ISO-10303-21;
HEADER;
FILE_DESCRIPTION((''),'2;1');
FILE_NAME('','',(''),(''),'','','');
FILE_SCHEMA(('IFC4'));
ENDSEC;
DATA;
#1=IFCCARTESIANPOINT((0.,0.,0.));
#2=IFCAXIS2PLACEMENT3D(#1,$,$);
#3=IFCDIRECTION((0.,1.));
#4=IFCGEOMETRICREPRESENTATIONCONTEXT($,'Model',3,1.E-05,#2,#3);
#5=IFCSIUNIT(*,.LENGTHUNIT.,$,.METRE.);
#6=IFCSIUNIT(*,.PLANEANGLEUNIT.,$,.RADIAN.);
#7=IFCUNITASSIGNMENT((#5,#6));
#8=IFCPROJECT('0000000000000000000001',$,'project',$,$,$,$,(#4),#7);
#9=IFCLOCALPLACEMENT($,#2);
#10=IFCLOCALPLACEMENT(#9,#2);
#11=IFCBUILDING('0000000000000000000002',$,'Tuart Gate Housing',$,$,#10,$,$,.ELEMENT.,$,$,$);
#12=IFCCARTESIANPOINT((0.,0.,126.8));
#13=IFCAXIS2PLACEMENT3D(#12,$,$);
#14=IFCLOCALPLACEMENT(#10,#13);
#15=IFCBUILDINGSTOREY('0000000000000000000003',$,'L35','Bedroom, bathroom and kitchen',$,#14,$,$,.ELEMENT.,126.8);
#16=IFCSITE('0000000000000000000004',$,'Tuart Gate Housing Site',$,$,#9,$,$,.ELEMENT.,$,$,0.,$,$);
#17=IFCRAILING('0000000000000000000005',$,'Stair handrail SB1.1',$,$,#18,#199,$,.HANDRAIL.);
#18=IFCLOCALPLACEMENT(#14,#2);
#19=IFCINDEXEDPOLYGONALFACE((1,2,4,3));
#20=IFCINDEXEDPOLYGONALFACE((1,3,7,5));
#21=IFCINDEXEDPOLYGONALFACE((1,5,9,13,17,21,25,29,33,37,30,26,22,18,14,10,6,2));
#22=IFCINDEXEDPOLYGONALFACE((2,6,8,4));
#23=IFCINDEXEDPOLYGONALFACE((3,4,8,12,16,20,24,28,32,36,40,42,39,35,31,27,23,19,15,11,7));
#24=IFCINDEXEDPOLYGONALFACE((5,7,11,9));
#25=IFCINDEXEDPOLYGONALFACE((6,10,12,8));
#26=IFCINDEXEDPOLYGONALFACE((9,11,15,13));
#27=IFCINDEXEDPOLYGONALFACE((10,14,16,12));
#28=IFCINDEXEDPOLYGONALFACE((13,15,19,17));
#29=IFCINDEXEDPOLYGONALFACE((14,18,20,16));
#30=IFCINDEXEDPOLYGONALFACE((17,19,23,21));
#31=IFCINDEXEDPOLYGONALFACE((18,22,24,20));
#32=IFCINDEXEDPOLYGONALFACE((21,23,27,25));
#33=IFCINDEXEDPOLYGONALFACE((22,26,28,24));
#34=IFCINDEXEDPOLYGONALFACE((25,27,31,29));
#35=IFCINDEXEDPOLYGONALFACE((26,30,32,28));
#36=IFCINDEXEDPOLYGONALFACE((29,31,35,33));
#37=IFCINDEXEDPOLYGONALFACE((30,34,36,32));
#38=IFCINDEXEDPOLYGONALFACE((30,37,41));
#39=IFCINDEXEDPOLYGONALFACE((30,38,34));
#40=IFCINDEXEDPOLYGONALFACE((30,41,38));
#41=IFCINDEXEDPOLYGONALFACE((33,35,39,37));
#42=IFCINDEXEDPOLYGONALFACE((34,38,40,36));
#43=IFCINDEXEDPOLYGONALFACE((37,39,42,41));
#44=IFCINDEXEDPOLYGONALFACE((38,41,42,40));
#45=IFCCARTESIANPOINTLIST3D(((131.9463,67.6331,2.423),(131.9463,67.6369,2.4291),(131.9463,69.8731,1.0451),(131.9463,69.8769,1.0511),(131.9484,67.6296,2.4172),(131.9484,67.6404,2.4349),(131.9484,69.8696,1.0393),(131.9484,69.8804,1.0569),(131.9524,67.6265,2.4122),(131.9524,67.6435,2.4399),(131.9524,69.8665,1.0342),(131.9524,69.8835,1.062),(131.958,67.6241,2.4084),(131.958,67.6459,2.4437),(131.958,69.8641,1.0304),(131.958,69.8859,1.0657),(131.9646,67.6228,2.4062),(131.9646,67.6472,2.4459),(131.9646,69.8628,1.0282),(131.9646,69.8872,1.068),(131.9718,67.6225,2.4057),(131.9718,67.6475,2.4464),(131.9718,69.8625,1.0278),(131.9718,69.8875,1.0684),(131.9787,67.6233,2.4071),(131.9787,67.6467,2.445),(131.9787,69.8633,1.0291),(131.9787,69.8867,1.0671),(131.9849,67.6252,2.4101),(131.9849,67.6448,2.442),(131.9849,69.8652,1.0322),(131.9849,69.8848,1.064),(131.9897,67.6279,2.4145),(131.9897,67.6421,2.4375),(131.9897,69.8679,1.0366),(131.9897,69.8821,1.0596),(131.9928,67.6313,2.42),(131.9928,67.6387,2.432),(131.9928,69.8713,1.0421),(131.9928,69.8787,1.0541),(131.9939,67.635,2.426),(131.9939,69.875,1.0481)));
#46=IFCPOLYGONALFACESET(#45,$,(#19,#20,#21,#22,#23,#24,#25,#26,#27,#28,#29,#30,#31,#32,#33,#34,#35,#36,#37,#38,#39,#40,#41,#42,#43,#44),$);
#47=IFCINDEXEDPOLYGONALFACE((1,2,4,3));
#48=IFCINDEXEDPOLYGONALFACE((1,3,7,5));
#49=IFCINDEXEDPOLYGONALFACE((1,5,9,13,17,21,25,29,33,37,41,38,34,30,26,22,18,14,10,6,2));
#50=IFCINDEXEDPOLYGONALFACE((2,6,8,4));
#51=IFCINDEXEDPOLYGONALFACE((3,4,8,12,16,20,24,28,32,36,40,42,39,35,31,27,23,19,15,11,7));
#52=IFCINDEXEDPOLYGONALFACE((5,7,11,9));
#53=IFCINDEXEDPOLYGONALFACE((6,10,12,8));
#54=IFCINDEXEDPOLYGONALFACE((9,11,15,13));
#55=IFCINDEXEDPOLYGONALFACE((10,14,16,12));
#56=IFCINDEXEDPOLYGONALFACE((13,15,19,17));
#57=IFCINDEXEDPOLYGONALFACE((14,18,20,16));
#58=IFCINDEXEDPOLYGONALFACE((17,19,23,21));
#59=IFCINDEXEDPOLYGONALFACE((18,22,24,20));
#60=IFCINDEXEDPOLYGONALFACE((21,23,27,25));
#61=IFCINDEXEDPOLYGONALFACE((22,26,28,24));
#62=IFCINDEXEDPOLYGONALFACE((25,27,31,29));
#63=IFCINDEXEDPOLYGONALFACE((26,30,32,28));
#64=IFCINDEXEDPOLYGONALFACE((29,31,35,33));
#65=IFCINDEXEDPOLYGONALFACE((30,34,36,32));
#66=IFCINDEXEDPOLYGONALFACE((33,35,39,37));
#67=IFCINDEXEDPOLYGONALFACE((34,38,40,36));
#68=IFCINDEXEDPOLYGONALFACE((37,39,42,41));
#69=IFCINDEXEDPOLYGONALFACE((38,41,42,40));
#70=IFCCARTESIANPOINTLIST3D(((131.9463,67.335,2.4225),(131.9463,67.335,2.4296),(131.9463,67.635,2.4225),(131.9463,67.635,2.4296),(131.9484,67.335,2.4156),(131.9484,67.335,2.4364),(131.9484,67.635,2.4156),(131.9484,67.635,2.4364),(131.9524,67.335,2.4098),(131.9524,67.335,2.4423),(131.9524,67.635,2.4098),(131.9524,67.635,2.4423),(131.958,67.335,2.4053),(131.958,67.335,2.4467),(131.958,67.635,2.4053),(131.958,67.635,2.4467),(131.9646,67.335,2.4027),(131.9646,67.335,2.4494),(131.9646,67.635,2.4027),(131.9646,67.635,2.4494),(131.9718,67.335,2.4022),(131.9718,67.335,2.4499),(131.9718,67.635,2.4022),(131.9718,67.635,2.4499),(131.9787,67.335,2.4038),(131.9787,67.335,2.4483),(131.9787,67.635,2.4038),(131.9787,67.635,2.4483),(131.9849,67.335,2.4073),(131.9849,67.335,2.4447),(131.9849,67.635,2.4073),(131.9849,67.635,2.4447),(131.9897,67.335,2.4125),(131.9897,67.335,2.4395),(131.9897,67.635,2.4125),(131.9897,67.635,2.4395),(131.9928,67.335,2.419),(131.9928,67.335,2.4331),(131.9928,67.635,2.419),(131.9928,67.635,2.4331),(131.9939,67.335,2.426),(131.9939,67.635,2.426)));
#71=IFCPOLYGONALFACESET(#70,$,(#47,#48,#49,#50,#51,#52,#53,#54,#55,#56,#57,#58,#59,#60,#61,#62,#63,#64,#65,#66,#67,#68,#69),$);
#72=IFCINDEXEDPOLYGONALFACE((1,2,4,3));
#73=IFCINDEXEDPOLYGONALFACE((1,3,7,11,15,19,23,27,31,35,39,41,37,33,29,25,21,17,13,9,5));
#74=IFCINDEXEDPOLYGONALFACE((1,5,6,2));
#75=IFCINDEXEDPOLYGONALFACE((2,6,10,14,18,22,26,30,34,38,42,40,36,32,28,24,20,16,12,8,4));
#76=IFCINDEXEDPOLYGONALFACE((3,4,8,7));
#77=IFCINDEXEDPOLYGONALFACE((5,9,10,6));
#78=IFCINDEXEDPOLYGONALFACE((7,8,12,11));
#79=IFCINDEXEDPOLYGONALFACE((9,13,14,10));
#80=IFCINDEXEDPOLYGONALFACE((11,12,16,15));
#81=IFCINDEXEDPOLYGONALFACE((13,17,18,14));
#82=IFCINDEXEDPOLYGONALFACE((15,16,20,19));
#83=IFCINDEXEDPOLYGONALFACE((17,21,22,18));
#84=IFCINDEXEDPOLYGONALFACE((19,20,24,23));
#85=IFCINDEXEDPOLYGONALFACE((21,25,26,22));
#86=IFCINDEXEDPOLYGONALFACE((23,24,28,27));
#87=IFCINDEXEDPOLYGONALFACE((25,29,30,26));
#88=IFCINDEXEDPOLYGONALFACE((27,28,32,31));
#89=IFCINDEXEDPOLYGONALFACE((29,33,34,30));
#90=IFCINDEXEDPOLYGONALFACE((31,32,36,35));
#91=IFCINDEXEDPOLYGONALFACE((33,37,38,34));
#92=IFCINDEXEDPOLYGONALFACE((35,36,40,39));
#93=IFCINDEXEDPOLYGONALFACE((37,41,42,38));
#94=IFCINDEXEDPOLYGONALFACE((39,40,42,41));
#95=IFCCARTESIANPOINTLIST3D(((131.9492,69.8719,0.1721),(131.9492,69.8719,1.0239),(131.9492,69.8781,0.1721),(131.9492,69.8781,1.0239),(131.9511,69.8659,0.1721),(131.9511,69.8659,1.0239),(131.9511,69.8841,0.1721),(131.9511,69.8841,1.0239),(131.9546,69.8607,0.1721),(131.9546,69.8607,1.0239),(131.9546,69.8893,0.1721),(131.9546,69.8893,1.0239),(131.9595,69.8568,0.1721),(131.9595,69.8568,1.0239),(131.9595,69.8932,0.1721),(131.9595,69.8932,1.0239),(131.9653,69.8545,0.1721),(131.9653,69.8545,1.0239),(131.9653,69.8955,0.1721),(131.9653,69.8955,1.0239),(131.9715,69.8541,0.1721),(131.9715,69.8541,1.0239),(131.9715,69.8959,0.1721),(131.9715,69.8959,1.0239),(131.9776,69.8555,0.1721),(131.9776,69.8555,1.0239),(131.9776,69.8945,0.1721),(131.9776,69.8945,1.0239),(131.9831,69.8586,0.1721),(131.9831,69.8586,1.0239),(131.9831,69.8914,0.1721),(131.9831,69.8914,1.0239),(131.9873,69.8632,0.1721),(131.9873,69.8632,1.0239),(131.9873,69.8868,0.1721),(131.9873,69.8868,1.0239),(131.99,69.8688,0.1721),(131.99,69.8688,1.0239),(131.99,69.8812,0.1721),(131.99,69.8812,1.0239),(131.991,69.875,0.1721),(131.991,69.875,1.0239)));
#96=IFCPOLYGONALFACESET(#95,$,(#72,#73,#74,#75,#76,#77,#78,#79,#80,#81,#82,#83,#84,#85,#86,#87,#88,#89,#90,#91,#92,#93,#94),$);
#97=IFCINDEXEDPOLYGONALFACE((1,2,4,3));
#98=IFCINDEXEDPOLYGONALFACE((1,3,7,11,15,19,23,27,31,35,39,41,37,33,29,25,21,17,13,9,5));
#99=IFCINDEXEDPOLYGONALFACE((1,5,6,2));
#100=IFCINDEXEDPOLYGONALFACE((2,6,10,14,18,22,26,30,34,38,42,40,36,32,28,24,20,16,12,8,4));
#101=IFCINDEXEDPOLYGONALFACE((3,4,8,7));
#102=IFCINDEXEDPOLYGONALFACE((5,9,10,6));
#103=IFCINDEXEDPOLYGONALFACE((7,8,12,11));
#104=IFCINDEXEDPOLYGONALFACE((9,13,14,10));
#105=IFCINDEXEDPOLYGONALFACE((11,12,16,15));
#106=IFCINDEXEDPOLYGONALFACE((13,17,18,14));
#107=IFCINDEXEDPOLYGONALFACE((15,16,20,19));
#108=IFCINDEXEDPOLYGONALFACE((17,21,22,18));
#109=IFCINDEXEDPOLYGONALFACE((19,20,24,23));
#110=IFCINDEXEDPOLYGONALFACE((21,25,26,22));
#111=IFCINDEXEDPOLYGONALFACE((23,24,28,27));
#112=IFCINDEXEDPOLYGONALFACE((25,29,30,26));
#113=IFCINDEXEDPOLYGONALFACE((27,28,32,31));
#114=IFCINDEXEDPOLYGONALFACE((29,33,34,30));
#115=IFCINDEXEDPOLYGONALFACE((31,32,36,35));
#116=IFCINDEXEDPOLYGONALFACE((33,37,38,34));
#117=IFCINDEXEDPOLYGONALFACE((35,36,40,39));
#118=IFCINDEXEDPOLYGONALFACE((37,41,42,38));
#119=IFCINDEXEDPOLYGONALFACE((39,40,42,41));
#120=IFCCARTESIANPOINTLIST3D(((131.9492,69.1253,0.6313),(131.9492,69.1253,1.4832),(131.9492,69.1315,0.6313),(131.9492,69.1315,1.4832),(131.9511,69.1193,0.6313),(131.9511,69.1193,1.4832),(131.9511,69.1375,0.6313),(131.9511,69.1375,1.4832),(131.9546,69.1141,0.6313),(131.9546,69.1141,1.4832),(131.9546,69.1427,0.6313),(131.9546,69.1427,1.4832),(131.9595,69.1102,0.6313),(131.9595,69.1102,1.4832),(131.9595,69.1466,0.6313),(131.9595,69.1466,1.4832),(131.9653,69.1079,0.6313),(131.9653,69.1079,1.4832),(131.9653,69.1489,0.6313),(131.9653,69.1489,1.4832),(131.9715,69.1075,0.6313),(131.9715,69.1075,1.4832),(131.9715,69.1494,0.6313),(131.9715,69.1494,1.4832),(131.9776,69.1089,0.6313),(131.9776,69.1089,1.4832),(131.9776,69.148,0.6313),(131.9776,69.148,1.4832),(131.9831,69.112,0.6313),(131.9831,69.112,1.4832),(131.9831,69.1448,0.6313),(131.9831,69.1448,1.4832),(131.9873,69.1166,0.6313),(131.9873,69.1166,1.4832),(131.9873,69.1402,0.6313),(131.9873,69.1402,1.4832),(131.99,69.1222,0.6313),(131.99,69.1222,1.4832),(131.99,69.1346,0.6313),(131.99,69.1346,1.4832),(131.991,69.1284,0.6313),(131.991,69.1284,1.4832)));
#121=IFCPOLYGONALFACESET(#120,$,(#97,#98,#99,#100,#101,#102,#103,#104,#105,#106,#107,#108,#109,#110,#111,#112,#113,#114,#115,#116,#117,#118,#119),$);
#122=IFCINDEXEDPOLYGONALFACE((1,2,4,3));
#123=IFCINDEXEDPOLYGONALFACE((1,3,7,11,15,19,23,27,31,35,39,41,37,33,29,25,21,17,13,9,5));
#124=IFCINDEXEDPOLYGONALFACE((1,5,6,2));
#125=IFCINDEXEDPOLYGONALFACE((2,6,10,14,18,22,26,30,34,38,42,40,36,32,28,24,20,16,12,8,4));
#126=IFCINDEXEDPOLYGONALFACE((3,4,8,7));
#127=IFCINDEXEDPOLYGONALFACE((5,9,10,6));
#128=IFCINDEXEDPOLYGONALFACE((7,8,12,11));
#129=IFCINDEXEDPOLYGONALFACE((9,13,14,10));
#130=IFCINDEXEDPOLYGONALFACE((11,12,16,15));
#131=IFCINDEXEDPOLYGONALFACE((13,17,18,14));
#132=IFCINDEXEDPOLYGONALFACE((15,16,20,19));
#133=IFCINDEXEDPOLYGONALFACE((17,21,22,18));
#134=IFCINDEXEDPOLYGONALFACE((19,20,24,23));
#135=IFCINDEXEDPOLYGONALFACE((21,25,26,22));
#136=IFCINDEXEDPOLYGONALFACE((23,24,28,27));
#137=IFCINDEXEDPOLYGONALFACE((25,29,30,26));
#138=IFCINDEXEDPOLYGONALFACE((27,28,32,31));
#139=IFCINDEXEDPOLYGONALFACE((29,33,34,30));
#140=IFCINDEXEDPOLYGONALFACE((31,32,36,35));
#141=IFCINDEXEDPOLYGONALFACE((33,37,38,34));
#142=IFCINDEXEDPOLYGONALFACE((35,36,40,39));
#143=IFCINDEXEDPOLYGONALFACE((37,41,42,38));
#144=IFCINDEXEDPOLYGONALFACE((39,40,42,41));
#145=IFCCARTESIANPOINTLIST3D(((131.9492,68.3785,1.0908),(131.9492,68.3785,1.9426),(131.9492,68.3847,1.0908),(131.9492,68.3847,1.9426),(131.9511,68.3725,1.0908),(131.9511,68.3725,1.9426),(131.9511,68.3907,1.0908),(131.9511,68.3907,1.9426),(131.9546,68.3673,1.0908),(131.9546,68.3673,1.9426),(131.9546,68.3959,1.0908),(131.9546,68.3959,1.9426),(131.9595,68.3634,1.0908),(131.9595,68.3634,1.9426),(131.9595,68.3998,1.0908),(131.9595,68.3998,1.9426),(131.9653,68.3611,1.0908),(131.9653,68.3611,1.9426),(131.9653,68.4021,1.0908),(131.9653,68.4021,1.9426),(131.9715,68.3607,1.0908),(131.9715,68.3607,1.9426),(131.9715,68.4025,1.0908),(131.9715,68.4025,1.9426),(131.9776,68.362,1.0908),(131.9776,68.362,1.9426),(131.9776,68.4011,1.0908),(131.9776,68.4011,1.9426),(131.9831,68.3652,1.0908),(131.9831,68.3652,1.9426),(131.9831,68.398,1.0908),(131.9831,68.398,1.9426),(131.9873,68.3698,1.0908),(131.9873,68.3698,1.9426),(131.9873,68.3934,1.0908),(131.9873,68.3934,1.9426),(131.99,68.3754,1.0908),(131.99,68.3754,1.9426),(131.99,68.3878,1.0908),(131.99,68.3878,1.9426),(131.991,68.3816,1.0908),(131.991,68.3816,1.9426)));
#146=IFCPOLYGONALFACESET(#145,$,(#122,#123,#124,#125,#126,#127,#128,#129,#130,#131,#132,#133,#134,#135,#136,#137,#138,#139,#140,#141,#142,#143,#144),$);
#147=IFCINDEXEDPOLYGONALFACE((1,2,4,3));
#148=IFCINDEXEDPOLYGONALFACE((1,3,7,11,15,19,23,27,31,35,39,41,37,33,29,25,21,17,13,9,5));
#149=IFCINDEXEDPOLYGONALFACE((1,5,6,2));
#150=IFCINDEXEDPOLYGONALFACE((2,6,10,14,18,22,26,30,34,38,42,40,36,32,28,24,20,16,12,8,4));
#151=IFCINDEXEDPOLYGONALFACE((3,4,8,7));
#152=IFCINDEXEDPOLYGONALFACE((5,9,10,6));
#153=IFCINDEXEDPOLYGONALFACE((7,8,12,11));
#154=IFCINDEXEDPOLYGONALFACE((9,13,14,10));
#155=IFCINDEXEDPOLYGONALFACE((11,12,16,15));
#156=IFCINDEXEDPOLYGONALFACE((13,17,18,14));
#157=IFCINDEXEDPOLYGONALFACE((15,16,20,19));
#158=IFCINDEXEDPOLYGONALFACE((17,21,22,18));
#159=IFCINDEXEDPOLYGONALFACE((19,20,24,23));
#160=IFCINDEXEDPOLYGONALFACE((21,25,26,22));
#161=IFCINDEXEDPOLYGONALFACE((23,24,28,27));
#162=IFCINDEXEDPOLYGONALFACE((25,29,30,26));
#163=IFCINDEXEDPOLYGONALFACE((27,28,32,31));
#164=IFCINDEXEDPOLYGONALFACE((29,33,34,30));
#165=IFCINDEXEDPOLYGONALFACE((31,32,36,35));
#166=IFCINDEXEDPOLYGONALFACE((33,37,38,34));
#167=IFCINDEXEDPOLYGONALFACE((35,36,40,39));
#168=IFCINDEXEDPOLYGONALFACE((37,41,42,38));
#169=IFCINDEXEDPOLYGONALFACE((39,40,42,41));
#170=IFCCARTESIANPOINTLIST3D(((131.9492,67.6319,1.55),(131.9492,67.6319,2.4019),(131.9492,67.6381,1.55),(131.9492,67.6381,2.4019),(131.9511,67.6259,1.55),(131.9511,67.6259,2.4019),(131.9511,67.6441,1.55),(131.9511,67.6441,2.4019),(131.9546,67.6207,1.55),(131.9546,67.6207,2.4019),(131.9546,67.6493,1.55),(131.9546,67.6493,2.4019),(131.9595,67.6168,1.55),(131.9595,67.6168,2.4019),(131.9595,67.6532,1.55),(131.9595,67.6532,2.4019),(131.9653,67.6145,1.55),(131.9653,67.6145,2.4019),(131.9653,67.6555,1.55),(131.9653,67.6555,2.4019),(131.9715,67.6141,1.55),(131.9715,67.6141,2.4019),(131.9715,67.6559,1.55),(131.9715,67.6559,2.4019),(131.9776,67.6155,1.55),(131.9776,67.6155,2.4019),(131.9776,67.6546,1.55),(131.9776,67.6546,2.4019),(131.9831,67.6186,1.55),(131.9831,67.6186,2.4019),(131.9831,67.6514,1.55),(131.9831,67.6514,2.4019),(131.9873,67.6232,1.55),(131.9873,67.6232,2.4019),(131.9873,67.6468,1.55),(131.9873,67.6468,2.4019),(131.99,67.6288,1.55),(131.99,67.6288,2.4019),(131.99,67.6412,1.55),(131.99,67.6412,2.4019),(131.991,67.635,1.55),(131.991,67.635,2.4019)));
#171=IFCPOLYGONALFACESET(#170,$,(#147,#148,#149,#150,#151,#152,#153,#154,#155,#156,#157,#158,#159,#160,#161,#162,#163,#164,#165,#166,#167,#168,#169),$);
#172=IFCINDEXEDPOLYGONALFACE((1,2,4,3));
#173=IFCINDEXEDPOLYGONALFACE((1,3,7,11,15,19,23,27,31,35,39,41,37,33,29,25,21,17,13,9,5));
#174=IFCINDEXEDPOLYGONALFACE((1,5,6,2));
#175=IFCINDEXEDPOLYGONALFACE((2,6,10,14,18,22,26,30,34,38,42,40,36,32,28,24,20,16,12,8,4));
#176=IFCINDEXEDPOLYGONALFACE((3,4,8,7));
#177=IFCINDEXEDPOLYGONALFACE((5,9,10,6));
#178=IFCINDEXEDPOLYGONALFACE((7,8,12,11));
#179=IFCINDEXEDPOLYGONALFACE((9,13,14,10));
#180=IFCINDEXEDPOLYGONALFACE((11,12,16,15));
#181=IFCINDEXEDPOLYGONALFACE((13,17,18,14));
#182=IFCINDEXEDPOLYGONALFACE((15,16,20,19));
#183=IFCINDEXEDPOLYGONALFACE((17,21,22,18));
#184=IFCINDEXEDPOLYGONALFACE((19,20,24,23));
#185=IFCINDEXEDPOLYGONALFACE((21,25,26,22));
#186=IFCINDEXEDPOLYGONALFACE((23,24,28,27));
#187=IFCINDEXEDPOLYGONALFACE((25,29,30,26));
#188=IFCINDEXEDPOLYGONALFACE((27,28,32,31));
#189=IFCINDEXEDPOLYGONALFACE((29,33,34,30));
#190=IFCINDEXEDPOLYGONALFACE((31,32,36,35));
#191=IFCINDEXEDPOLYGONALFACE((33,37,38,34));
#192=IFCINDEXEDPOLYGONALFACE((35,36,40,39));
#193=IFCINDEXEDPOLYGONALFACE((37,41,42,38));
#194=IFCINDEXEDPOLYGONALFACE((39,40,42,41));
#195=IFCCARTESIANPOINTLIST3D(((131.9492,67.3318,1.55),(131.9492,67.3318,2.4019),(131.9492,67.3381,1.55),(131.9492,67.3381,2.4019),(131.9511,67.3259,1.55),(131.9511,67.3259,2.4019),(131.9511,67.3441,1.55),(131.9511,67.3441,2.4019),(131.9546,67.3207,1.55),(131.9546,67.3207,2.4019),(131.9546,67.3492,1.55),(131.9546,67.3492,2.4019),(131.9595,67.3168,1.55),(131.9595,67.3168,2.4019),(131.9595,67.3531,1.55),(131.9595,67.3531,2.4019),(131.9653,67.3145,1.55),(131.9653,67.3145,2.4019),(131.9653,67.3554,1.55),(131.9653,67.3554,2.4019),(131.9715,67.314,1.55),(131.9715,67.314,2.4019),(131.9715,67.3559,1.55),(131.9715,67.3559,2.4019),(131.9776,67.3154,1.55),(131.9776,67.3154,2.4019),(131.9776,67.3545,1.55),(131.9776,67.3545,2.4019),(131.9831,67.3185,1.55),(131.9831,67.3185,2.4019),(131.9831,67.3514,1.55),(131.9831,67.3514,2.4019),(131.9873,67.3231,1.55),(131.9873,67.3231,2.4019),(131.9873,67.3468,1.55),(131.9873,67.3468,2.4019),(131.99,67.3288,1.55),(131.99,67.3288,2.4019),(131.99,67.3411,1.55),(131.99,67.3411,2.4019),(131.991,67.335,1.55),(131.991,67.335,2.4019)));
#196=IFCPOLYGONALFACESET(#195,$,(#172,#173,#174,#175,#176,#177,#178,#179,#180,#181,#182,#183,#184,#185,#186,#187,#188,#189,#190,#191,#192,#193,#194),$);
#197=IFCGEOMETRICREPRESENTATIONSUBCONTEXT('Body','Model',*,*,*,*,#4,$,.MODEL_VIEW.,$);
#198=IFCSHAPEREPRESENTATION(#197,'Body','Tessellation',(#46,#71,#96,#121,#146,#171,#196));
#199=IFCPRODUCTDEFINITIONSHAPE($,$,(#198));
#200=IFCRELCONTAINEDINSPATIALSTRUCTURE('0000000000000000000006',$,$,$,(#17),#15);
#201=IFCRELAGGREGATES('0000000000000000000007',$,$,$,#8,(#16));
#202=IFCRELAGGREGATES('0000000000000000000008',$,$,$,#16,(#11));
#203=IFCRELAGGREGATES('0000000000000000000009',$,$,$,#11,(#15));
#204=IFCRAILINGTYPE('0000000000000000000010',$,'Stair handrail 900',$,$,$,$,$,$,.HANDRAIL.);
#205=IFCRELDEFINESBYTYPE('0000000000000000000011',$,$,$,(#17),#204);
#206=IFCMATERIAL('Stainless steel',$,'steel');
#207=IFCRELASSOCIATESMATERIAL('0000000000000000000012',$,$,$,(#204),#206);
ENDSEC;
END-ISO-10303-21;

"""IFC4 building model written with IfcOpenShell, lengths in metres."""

from ifc_helpers import new_model, si_unit, direction, frame, origin, origin_2d, place, context, subcontext, project, spatial, circle, extrude, material, type_object, element, save


model = new_model("IFC4")

# Units and contexts
model_context = context("Model", 3, precision=1e-05, world=origin(), true_north=direction((0.0, 1.0)))
body_context = subcontext(model_context, "Body", "Model", "MODEL_VIEW")
ifc_project = project(units=[si_unit("LENGTHUNIT", "METRE"), si_unit("PLANEANGLEUNIT", "RADIAN")], contexts=[model_context])

# Site, building, storey
site_placement = place(None, origin())
site = spatial("IfcSite", under=ifc_project, at=site_placement, Name="Tuart Gate Housing Site", CompositionType="ELEMENT", RefElevation=0.0)
building_placement = place(site_placement, origin())
building = spatial("IfcBuilding", under=site, at=building_placement, Name="Tuart Gate Housing", CompositionType="ELEMENT")
storey_placement = place(building_placement, frame((0.0, 0.0, 126.8)))
storey = spatial("IfcBuildingStorey", under=building, at=storey_placement, Name="L35", Description="Bedroom, bathroom and kitchen", CompositionType="ELEMENT", Elevation=126.8)

# Railing
ifc_material_1 = material(Name="Stainless steel", Category="steel")
railing_type = type_object("IfcRailingType", Name="Stair handrail 900", PredefinedType="HANDRAIL", material=ifc_material_1)
railing_placement = place(storey_placement, frame((131.97, 69.875, 0.1721)))
element("IfcRailing", 1, at=railing_placement, inside=storey, type_object=railing_type, Name="Stair handrail SB1.1", PredefinedType="HANDRAIL", context=body_context, shape_type="SweptSolid", body=[
    extrude(circle(Radius=0.0239, at=origin_2d()), frame((0.0, 0.0, 0.876), z_axis=(0.0, -0.851748, 0.523952), x_axis=(1.0, 0.0, 0.0)), (0.0, 0.0, 1.0), 2.6299),
    extrude(circle(Radius=0.0239, at=origin_2d()), frame((0.0, -2.24, 2.2539), z_axis=(0.0, -1.0, 0.0), x_axis=(1.0, 0.0, 0.0)), (0.0, 0.0, 1.0), 0.3),
    extrude(circle(Radius=0.021, at=origin_2d()), origin(), (0.0, 0.0, 1.0), 0.8518),
    extrude(circle(Radius=0.021, at=origin_2d()), frame((0.0, -0.7466, 0.4592)), (0.0, 0.0, 1.0), 0.8518),
    extrude(circle(Radius=0.021, at=origin_2d()), frame((0.0, -1.4934, 0.9187)), (0.0, 0.0, 1.0), 0.8518),
    extrude(circle(Radius=0.021, at=origin_2d()), frame((0.0, -2.24, 1.3779)), (0.0, 0.0, 1.0), 0.8518),
    extrude(circle(Radius=0.021, at=origin_2d()), frame((0.0, -2.54, 1.3779)), (0.0, 0.0, 1.0), 0.8518),
])

save(model, "model.ifc")
